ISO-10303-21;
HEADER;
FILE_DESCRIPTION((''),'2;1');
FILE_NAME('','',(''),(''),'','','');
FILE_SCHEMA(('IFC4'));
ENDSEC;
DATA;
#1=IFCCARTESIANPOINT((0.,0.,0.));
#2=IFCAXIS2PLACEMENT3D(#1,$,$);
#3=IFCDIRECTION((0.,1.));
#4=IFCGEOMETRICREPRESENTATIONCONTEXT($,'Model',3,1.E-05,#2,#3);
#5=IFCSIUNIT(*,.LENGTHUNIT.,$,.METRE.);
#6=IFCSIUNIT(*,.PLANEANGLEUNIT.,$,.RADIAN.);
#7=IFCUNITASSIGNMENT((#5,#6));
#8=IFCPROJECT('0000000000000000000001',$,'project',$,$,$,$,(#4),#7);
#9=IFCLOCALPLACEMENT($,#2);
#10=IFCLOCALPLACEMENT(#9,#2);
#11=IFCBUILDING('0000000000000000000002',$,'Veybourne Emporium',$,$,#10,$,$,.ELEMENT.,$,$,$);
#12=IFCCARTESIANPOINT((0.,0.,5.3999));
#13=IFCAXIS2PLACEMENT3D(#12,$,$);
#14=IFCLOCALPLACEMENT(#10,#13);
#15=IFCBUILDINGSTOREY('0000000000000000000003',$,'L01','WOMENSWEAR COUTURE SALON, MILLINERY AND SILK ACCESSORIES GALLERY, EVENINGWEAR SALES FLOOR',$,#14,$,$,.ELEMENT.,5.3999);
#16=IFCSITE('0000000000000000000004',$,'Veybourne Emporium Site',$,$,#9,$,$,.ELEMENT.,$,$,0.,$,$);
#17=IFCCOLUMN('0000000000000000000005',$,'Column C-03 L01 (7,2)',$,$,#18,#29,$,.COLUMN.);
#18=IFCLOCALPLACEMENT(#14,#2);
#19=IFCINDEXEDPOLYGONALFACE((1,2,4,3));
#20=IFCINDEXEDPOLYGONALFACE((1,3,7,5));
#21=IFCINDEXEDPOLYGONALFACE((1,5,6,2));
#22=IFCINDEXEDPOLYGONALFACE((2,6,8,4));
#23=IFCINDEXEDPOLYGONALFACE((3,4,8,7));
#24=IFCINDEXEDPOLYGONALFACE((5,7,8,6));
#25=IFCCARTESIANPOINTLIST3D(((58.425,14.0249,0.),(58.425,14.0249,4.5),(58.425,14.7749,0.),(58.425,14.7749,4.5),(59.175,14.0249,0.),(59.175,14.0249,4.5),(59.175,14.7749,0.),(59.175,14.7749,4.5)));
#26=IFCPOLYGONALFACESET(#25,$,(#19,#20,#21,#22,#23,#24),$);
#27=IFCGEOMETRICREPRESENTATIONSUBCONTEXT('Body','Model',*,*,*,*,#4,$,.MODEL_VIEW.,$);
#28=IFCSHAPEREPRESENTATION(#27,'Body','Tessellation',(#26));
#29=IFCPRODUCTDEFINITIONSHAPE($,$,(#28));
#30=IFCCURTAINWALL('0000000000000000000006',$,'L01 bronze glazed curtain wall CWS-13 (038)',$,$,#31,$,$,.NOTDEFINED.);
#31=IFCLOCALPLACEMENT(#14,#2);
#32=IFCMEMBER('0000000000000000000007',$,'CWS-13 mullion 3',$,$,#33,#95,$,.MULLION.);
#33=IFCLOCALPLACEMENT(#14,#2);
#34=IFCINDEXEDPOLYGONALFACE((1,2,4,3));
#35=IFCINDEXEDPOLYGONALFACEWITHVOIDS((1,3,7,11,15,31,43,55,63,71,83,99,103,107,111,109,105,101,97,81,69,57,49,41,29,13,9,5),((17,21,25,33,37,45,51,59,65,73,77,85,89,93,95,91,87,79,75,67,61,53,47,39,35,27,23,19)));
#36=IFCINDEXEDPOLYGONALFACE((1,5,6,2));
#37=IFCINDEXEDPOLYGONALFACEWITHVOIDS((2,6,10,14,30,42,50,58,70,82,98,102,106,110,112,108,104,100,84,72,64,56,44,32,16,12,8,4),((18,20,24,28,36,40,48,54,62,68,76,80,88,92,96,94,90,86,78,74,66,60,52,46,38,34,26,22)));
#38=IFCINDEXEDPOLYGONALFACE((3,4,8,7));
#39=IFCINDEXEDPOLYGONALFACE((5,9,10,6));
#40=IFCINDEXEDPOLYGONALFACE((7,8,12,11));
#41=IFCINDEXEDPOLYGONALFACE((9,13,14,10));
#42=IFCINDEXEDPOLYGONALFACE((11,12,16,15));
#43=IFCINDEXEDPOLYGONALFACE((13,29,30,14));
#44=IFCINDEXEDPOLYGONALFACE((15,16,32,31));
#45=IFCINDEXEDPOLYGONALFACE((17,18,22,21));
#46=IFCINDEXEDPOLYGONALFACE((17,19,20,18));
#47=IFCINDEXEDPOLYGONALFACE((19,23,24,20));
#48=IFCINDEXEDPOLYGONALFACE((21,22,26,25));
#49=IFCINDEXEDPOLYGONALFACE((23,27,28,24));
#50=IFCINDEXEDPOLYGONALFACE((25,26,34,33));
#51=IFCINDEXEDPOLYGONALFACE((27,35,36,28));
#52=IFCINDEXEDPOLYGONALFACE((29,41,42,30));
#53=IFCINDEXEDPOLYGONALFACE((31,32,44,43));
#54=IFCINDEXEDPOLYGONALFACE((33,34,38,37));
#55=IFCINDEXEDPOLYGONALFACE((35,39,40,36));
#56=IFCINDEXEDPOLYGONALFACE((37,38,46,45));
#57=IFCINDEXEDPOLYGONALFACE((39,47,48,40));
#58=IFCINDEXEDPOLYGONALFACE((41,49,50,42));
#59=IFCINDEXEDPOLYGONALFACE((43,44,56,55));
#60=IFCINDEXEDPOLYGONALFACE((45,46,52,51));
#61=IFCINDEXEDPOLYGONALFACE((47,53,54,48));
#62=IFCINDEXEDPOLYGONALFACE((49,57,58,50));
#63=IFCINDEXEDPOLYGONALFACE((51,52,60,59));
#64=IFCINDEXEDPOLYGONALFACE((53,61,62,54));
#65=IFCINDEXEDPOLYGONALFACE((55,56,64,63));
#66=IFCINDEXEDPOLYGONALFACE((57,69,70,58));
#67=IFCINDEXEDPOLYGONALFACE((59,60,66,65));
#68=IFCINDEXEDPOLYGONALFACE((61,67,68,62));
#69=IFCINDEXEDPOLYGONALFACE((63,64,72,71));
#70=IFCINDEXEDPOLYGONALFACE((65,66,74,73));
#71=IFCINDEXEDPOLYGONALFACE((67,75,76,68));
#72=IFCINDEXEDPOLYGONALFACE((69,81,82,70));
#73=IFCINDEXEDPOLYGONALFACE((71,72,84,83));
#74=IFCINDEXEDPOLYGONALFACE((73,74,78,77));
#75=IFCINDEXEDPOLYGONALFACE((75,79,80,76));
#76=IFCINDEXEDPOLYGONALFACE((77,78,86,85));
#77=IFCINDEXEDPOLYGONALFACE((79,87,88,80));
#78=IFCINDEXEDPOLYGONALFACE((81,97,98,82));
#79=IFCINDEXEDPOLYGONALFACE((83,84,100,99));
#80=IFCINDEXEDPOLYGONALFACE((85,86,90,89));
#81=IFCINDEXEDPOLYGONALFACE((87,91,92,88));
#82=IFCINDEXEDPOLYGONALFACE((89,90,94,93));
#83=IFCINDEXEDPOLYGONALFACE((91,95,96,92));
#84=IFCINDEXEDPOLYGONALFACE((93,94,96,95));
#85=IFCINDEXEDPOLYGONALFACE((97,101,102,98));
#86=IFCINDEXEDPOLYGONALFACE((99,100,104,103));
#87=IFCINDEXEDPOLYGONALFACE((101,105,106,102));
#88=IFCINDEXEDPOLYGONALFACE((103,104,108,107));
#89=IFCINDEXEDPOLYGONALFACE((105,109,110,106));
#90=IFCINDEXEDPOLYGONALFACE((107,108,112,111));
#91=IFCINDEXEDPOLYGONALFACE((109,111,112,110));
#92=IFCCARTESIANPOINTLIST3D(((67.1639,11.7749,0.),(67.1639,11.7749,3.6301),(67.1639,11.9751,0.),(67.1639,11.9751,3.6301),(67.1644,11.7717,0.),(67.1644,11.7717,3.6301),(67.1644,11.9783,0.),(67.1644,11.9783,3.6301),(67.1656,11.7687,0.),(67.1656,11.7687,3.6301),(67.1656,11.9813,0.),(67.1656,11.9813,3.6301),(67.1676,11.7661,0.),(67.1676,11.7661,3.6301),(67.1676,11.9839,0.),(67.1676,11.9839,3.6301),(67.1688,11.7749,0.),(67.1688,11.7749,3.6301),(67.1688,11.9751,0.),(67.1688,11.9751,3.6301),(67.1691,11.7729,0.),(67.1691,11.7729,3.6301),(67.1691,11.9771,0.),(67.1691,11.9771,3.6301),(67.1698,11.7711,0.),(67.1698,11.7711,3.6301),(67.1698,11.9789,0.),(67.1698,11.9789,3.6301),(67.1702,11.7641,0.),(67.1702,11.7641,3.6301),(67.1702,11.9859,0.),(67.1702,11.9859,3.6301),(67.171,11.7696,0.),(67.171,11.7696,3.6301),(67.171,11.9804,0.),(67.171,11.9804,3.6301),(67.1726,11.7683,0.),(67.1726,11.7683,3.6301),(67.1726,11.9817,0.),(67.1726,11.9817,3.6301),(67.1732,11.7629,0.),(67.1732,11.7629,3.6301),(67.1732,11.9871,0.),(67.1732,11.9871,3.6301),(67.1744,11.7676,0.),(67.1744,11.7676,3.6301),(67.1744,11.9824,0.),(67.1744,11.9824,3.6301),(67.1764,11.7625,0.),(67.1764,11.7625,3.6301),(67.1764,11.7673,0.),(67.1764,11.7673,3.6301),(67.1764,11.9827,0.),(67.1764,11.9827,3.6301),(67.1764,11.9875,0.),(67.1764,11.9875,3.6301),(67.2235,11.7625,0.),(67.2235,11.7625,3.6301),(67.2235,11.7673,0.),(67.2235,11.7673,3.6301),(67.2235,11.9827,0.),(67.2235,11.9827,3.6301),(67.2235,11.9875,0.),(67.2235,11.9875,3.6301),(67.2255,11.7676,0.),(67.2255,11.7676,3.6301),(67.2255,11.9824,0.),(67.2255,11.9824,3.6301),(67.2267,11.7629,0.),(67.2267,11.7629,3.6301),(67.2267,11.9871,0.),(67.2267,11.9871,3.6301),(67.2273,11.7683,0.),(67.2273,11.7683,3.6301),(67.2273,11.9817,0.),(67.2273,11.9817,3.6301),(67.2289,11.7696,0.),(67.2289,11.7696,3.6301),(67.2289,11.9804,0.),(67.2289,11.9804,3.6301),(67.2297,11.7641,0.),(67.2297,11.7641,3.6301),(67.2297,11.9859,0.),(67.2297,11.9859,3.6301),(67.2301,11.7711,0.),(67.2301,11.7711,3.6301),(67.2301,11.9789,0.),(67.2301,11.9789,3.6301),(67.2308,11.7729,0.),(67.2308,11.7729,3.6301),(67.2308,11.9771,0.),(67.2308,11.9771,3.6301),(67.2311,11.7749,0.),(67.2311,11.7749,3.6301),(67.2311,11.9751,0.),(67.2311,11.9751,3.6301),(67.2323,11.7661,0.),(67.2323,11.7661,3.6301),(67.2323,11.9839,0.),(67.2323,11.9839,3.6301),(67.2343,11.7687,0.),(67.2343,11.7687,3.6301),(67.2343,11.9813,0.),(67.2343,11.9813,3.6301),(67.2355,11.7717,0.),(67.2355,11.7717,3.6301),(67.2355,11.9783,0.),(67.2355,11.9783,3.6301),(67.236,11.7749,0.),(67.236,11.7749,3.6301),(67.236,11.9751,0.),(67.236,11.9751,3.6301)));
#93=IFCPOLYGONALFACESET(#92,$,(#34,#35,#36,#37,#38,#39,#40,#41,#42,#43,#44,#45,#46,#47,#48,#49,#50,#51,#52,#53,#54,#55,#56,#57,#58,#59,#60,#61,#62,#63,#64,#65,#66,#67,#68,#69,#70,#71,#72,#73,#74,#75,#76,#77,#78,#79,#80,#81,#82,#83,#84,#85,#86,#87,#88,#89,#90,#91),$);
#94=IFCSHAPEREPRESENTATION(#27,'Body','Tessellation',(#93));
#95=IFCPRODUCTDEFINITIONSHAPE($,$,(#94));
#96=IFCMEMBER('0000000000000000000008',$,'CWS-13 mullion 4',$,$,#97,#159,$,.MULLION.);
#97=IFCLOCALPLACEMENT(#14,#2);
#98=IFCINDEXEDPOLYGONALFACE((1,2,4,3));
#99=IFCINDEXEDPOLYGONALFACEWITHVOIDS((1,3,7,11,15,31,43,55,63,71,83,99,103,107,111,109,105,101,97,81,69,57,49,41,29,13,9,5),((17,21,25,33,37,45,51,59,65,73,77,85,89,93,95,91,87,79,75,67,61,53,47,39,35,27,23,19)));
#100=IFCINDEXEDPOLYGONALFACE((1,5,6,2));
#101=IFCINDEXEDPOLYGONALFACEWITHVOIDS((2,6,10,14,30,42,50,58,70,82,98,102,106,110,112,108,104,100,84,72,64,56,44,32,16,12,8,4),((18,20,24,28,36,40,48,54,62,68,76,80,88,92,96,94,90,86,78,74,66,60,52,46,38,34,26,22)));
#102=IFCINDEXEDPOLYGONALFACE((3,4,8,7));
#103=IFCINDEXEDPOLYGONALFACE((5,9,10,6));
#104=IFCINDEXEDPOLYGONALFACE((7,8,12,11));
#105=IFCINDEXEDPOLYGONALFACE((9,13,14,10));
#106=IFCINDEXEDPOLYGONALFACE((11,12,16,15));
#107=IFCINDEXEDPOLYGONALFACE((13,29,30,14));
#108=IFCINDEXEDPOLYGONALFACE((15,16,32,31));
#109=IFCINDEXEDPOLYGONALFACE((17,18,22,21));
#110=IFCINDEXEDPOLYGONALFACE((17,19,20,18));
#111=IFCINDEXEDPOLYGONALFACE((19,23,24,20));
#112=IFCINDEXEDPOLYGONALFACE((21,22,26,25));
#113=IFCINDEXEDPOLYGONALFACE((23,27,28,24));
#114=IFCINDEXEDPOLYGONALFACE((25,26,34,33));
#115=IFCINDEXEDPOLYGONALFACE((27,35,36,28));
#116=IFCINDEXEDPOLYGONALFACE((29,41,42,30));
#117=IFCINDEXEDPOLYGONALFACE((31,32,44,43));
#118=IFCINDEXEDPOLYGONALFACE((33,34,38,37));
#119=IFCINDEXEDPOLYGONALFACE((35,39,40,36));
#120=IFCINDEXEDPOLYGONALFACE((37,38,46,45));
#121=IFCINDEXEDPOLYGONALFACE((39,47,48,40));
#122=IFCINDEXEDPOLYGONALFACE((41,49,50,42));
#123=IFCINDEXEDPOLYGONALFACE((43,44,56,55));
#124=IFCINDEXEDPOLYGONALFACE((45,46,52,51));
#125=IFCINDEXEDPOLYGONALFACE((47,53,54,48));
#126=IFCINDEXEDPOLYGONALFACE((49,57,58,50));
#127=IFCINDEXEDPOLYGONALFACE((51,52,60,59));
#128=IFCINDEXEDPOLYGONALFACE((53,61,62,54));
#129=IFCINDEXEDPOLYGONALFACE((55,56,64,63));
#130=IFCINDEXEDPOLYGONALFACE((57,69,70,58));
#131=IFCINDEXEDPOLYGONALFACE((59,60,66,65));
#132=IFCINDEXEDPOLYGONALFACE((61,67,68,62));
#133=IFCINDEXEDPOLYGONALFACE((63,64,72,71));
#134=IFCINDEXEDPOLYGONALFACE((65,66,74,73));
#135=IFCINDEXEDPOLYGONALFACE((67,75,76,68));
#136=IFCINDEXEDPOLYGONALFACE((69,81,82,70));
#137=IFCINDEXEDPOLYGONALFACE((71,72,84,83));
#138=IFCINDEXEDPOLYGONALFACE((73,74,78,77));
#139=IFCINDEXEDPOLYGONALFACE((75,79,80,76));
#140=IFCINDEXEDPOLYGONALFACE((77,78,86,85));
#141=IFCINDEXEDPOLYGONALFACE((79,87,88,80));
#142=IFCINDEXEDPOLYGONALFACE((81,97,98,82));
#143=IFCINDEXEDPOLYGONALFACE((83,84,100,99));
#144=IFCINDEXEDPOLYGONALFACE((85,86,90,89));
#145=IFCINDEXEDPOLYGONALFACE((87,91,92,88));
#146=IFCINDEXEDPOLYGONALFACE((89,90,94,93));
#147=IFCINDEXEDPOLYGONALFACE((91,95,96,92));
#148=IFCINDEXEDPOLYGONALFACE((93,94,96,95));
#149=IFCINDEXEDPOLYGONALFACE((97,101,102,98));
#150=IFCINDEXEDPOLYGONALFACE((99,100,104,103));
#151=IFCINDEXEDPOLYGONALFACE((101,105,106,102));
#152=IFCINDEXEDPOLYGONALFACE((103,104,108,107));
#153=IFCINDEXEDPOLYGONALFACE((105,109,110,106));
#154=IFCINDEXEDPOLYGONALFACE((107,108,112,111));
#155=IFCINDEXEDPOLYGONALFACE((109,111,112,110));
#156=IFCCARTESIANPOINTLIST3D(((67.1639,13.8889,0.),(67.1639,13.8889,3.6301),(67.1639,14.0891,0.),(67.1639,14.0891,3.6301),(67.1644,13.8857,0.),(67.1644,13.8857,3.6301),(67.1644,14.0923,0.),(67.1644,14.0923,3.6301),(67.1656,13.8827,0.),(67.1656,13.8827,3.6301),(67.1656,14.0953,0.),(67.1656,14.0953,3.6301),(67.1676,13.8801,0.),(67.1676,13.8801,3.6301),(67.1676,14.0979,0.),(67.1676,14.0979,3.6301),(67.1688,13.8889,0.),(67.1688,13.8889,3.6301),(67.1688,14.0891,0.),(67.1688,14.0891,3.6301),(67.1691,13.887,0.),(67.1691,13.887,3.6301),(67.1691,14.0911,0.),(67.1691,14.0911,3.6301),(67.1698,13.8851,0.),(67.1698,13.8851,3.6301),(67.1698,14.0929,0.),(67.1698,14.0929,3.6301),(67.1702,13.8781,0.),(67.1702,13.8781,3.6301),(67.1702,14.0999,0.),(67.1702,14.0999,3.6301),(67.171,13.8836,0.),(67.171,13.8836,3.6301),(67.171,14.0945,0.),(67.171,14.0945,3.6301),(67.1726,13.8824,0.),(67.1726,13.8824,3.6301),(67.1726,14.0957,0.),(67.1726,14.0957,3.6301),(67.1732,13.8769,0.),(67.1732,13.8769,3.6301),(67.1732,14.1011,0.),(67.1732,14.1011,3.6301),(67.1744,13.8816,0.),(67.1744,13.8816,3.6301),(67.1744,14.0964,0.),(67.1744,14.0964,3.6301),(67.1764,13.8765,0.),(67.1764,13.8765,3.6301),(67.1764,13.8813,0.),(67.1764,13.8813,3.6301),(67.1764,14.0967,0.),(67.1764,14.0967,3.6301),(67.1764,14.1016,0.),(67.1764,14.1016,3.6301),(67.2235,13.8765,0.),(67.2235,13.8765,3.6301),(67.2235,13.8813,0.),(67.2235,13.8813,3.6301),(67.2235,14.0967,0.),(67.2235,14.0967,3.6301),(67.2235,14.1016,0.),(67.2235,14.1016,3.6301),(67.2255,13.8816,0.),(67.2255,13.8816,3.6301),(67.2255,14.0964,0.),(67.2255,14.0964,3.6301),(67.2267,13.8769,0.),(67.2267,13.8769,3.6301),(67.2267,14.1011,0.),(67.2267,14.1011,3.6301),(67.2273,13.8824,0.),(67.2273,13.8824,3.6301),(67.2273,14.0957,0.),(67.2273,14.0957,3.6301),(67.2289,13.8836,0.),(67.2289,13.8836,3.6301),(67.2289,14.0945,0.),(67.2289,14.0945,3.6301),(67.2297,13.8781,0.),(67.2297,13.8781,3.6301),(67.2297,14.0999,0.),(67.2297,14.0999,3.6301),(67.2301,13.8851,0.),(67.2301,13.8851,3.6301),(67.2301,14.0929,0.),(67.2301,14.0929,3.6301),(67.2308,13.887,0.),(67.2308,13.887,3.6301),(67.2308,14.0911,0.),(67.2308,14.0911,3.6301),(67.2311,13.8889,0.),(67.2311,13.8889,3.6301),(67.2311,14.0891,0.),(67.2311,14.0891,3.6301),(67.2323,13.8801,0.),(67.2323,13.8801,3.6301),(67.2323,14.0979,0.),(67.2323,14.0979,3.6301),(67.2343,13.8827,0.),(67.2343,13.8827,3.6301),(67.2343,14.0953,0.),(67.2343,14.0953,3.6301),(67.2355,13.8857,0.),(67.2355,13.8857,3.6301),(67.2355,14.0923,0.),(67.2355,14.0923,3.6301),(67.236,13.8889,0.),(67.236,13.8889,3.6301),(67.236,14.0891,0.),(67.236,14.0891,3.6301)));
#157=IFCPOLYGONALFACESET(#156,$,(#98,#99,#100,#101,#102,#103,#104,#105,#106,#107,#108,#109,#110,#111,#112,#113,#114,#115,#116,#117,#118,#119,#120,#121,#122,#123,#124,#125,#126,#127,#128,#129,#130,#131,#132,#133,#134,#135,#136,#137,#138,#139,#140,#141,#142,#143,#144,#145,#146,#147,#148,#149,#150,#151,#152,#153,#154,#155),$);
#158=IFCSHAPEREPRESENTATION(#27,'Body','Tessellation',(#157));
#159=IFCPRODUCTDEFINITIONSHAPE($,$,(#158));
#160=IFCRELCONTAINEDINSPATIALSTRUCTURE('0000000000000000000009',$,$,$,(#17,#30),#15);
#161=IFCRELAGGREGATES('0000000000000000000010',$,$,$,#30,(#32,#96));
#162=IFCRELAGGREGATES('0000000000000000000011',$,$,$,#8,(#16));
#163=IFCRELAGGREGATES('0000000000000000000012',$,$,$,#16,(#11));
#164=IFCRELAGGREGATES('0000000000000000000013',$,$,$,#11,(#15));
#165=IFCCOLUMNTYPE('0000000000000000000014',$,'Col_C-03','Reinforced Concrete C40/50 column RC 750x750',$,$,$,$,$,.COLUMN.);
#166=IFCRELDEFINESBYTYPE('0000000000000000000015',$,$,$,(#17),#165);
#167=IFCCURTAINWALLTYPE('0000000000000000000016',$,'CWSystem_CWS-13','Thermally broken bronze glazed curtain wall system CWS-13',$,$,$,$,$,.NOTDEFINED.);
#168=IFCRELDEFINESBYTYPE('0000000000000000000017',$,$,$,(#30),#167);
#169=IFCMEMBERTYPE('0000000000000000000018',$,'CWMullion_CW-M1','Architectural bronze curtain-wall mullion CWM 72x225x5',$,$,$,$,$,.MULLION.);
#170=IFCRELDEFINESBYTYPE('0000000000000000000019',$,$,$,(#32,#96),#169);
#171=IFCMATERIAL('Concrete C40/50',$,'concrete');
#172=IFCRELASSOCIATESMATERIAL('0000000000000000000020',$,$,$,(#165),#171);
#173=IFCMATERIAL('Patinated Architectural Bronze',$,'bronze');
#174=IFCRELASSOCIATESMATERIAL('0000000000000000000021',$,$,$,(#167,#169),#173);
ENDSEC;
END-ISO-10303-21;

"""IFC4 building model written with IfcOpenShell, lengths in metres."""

from ifc_helpers import new_model, si_unit, direction, frame, origin, origin_2d, place, context, subcontext, project, spatial, rectangle, hollow_rectangle, extrude, material, material_profile, profile_set, type_object, element, aggregate, save


model = new_model("IFC4")

# Units and contexts
model_context = context("Model", 3, precision=1e-05, world=origin(), true_north=direction((0.0, 1.0)))
body_context = subcontext(model_context, "Body", "Model", "MODEL_VIEW")
ifc_project = project(units=[si_unit("LENGTHUNIT", "METRE"), si_unit("PLANEANGLEUNIT", "RADIAN")], contexts=[model_context])

# Site, building, storey
site_placement = place(None, origin())
site = spatial("IfcSite", under=ifc_project, at=site_placement, Name="Veybourne Emporium Site", CompositionType="ELEMENT", RefElevation=0.0)
building_placement = place(site_placement, origin())
building = spatial("IfcBuilding", under=site, at=building_placement, Name="Veybourne Emporium", CompositionType="ELEMENT")
storey_placement = place(building_placement, frame((0.0, 0.0, 5.3999)))
storey = spatial("IfcBuildingStorey", under=building, at=storey_placement, Name="L01", Description="WOMENSWEAR COUTURE SALON, MILLINERY AND SILK ACCESSORIES GALLERY, EVENINGWEAR SALES FLOOR", CompositionType="ELEMENT", Elevation=5.3999)

# Column
ifc_material_1 = material(Name="Concrete C40/50", Category="concrete")
ifc_material_profile_1 = material_profile(ifc_material_1, rectangle(XDim=0.75, YDim=0.75, at=origin_2d()), Name="RC 750x750")
ifc_profile_set_1 = profile_set([ifc_material_profile_1], Name="Concrete C40/50")
column_type = type_object("IfcColumnType", Name="Col_C-03", Description="Reinforced Concrete C40/50 column RC 750x750", PredefinedType="COLUMN", material=ifc_profile_set_1)
column_placement = place(storey_placement, frame((58.8, 14.3999, 0.0), z_axis=(0.0, 0.0, 1.0), x_axis=(1.0, 0.0, 0.0)))
element("IfcColumn", 1, at=column_placement, inside=storey, type_object=column_type, Name="Column C-03 L01 (7,2)", PredefinedType="COLUMN", context=body_context, shape_type="SweptSolid", body=[
    extrude(rectangle(XDim=0.75, YDim=0.75, at=origin_2d()), origin(), (0.0, 0.0, 1.0), 4.5),
])

# Curtain wall, members
ifc_material_2 = material(Name="Patinated Architectural Bronze", Category="bronze")
curtain_wall_type_1 = type_object("IfcCurtainWallType", Name="CWSystem_CWS-13", Description="Thermally broken bronze glazed curtain wall system CWS-13", PredefinedType="NOTDEFINED", material=ifc_material_2)
curtain_wall_1_placement = place(storey_placement, origin())
curtain_wall_1 = element("IfcCurtainWall", 2, at=curtain_wall_1_placement, inside=storey, type_object=curtain_wall_type_1, Name="L01 bronze glazed curtain wall CWS-13 (038)", PredefinedType="NOTDEFINED")
ifc_material_profile_2 = material_profile(ifc_material_2, hollow_rectangle(XDim=0.072, YDim=0.2251, WallThickness=0.0049, InnerFilletRadius=0.0076, OuterFilletRadius=0.0125, at=origin_2d()), Name="CWM 72x225x5")
ifc_profile_set_2 = profile_set([ifc_material_profile_2], Name="Patinated Architectural Bronze")
member_type_1 = type_object("IfcMemberType", Name="CWMullion_CW-M1", Description="Architectural bronze curtain-wall mullion CWM 72x225x5", PredefinedType="MULLION", material=ifc_profile_set_2)
member_1_placement = place(storey_placement, frame((67.2, 11.875, 0.0), z_axis=(0.0, 0.0, 1.0), x_axis=(-1.0, 0.0, 0.0)))
member_1 = element("IfcMember", 3, at=member_1_placement, type_object=member_type_1, Name="CWS-13 mullion 3", PredefinedType="MULLION", context=body_context, shape_type="SweptSolid", body=[
    extrude(hollow_rectangle(XDim=0.072, YDim=0.2251, WallThickness=0.0049, InnerFilletRadius=0.0076, OuterFilletRadius=0.0125, at=origin_2d()), origin(), (0.0, 0.0, 1.0), 3.6301),
])
member_2_placement = place(storey_placement, frame((67.2, 13.989, 0.0), z_axis=(0.0, 0.0, 1.0), x_axis=(-1.0, 0.0, 0.0)))
member_2 = element("IfcMember", 4, at=member_2_placement, type_object=member_type_1, Name="CWS-13 mullion 4", PredefinedType="MULLION", context=body_context, shape_type="SweptSolid", body=[
    extrude(hollow_rectangle(XDim=0.072, YDim=0.2251, WallThickness=0.0049, InnerFilletRadius=0.0076, OuterFilletRadius=0.0125, at=origin_2d()), origin(), (0.0, 0.0, 1.0), 3.6301),
])

aggregate(curtain_wall_1, [member_1, member_2])

save(model, "model.ifc")
